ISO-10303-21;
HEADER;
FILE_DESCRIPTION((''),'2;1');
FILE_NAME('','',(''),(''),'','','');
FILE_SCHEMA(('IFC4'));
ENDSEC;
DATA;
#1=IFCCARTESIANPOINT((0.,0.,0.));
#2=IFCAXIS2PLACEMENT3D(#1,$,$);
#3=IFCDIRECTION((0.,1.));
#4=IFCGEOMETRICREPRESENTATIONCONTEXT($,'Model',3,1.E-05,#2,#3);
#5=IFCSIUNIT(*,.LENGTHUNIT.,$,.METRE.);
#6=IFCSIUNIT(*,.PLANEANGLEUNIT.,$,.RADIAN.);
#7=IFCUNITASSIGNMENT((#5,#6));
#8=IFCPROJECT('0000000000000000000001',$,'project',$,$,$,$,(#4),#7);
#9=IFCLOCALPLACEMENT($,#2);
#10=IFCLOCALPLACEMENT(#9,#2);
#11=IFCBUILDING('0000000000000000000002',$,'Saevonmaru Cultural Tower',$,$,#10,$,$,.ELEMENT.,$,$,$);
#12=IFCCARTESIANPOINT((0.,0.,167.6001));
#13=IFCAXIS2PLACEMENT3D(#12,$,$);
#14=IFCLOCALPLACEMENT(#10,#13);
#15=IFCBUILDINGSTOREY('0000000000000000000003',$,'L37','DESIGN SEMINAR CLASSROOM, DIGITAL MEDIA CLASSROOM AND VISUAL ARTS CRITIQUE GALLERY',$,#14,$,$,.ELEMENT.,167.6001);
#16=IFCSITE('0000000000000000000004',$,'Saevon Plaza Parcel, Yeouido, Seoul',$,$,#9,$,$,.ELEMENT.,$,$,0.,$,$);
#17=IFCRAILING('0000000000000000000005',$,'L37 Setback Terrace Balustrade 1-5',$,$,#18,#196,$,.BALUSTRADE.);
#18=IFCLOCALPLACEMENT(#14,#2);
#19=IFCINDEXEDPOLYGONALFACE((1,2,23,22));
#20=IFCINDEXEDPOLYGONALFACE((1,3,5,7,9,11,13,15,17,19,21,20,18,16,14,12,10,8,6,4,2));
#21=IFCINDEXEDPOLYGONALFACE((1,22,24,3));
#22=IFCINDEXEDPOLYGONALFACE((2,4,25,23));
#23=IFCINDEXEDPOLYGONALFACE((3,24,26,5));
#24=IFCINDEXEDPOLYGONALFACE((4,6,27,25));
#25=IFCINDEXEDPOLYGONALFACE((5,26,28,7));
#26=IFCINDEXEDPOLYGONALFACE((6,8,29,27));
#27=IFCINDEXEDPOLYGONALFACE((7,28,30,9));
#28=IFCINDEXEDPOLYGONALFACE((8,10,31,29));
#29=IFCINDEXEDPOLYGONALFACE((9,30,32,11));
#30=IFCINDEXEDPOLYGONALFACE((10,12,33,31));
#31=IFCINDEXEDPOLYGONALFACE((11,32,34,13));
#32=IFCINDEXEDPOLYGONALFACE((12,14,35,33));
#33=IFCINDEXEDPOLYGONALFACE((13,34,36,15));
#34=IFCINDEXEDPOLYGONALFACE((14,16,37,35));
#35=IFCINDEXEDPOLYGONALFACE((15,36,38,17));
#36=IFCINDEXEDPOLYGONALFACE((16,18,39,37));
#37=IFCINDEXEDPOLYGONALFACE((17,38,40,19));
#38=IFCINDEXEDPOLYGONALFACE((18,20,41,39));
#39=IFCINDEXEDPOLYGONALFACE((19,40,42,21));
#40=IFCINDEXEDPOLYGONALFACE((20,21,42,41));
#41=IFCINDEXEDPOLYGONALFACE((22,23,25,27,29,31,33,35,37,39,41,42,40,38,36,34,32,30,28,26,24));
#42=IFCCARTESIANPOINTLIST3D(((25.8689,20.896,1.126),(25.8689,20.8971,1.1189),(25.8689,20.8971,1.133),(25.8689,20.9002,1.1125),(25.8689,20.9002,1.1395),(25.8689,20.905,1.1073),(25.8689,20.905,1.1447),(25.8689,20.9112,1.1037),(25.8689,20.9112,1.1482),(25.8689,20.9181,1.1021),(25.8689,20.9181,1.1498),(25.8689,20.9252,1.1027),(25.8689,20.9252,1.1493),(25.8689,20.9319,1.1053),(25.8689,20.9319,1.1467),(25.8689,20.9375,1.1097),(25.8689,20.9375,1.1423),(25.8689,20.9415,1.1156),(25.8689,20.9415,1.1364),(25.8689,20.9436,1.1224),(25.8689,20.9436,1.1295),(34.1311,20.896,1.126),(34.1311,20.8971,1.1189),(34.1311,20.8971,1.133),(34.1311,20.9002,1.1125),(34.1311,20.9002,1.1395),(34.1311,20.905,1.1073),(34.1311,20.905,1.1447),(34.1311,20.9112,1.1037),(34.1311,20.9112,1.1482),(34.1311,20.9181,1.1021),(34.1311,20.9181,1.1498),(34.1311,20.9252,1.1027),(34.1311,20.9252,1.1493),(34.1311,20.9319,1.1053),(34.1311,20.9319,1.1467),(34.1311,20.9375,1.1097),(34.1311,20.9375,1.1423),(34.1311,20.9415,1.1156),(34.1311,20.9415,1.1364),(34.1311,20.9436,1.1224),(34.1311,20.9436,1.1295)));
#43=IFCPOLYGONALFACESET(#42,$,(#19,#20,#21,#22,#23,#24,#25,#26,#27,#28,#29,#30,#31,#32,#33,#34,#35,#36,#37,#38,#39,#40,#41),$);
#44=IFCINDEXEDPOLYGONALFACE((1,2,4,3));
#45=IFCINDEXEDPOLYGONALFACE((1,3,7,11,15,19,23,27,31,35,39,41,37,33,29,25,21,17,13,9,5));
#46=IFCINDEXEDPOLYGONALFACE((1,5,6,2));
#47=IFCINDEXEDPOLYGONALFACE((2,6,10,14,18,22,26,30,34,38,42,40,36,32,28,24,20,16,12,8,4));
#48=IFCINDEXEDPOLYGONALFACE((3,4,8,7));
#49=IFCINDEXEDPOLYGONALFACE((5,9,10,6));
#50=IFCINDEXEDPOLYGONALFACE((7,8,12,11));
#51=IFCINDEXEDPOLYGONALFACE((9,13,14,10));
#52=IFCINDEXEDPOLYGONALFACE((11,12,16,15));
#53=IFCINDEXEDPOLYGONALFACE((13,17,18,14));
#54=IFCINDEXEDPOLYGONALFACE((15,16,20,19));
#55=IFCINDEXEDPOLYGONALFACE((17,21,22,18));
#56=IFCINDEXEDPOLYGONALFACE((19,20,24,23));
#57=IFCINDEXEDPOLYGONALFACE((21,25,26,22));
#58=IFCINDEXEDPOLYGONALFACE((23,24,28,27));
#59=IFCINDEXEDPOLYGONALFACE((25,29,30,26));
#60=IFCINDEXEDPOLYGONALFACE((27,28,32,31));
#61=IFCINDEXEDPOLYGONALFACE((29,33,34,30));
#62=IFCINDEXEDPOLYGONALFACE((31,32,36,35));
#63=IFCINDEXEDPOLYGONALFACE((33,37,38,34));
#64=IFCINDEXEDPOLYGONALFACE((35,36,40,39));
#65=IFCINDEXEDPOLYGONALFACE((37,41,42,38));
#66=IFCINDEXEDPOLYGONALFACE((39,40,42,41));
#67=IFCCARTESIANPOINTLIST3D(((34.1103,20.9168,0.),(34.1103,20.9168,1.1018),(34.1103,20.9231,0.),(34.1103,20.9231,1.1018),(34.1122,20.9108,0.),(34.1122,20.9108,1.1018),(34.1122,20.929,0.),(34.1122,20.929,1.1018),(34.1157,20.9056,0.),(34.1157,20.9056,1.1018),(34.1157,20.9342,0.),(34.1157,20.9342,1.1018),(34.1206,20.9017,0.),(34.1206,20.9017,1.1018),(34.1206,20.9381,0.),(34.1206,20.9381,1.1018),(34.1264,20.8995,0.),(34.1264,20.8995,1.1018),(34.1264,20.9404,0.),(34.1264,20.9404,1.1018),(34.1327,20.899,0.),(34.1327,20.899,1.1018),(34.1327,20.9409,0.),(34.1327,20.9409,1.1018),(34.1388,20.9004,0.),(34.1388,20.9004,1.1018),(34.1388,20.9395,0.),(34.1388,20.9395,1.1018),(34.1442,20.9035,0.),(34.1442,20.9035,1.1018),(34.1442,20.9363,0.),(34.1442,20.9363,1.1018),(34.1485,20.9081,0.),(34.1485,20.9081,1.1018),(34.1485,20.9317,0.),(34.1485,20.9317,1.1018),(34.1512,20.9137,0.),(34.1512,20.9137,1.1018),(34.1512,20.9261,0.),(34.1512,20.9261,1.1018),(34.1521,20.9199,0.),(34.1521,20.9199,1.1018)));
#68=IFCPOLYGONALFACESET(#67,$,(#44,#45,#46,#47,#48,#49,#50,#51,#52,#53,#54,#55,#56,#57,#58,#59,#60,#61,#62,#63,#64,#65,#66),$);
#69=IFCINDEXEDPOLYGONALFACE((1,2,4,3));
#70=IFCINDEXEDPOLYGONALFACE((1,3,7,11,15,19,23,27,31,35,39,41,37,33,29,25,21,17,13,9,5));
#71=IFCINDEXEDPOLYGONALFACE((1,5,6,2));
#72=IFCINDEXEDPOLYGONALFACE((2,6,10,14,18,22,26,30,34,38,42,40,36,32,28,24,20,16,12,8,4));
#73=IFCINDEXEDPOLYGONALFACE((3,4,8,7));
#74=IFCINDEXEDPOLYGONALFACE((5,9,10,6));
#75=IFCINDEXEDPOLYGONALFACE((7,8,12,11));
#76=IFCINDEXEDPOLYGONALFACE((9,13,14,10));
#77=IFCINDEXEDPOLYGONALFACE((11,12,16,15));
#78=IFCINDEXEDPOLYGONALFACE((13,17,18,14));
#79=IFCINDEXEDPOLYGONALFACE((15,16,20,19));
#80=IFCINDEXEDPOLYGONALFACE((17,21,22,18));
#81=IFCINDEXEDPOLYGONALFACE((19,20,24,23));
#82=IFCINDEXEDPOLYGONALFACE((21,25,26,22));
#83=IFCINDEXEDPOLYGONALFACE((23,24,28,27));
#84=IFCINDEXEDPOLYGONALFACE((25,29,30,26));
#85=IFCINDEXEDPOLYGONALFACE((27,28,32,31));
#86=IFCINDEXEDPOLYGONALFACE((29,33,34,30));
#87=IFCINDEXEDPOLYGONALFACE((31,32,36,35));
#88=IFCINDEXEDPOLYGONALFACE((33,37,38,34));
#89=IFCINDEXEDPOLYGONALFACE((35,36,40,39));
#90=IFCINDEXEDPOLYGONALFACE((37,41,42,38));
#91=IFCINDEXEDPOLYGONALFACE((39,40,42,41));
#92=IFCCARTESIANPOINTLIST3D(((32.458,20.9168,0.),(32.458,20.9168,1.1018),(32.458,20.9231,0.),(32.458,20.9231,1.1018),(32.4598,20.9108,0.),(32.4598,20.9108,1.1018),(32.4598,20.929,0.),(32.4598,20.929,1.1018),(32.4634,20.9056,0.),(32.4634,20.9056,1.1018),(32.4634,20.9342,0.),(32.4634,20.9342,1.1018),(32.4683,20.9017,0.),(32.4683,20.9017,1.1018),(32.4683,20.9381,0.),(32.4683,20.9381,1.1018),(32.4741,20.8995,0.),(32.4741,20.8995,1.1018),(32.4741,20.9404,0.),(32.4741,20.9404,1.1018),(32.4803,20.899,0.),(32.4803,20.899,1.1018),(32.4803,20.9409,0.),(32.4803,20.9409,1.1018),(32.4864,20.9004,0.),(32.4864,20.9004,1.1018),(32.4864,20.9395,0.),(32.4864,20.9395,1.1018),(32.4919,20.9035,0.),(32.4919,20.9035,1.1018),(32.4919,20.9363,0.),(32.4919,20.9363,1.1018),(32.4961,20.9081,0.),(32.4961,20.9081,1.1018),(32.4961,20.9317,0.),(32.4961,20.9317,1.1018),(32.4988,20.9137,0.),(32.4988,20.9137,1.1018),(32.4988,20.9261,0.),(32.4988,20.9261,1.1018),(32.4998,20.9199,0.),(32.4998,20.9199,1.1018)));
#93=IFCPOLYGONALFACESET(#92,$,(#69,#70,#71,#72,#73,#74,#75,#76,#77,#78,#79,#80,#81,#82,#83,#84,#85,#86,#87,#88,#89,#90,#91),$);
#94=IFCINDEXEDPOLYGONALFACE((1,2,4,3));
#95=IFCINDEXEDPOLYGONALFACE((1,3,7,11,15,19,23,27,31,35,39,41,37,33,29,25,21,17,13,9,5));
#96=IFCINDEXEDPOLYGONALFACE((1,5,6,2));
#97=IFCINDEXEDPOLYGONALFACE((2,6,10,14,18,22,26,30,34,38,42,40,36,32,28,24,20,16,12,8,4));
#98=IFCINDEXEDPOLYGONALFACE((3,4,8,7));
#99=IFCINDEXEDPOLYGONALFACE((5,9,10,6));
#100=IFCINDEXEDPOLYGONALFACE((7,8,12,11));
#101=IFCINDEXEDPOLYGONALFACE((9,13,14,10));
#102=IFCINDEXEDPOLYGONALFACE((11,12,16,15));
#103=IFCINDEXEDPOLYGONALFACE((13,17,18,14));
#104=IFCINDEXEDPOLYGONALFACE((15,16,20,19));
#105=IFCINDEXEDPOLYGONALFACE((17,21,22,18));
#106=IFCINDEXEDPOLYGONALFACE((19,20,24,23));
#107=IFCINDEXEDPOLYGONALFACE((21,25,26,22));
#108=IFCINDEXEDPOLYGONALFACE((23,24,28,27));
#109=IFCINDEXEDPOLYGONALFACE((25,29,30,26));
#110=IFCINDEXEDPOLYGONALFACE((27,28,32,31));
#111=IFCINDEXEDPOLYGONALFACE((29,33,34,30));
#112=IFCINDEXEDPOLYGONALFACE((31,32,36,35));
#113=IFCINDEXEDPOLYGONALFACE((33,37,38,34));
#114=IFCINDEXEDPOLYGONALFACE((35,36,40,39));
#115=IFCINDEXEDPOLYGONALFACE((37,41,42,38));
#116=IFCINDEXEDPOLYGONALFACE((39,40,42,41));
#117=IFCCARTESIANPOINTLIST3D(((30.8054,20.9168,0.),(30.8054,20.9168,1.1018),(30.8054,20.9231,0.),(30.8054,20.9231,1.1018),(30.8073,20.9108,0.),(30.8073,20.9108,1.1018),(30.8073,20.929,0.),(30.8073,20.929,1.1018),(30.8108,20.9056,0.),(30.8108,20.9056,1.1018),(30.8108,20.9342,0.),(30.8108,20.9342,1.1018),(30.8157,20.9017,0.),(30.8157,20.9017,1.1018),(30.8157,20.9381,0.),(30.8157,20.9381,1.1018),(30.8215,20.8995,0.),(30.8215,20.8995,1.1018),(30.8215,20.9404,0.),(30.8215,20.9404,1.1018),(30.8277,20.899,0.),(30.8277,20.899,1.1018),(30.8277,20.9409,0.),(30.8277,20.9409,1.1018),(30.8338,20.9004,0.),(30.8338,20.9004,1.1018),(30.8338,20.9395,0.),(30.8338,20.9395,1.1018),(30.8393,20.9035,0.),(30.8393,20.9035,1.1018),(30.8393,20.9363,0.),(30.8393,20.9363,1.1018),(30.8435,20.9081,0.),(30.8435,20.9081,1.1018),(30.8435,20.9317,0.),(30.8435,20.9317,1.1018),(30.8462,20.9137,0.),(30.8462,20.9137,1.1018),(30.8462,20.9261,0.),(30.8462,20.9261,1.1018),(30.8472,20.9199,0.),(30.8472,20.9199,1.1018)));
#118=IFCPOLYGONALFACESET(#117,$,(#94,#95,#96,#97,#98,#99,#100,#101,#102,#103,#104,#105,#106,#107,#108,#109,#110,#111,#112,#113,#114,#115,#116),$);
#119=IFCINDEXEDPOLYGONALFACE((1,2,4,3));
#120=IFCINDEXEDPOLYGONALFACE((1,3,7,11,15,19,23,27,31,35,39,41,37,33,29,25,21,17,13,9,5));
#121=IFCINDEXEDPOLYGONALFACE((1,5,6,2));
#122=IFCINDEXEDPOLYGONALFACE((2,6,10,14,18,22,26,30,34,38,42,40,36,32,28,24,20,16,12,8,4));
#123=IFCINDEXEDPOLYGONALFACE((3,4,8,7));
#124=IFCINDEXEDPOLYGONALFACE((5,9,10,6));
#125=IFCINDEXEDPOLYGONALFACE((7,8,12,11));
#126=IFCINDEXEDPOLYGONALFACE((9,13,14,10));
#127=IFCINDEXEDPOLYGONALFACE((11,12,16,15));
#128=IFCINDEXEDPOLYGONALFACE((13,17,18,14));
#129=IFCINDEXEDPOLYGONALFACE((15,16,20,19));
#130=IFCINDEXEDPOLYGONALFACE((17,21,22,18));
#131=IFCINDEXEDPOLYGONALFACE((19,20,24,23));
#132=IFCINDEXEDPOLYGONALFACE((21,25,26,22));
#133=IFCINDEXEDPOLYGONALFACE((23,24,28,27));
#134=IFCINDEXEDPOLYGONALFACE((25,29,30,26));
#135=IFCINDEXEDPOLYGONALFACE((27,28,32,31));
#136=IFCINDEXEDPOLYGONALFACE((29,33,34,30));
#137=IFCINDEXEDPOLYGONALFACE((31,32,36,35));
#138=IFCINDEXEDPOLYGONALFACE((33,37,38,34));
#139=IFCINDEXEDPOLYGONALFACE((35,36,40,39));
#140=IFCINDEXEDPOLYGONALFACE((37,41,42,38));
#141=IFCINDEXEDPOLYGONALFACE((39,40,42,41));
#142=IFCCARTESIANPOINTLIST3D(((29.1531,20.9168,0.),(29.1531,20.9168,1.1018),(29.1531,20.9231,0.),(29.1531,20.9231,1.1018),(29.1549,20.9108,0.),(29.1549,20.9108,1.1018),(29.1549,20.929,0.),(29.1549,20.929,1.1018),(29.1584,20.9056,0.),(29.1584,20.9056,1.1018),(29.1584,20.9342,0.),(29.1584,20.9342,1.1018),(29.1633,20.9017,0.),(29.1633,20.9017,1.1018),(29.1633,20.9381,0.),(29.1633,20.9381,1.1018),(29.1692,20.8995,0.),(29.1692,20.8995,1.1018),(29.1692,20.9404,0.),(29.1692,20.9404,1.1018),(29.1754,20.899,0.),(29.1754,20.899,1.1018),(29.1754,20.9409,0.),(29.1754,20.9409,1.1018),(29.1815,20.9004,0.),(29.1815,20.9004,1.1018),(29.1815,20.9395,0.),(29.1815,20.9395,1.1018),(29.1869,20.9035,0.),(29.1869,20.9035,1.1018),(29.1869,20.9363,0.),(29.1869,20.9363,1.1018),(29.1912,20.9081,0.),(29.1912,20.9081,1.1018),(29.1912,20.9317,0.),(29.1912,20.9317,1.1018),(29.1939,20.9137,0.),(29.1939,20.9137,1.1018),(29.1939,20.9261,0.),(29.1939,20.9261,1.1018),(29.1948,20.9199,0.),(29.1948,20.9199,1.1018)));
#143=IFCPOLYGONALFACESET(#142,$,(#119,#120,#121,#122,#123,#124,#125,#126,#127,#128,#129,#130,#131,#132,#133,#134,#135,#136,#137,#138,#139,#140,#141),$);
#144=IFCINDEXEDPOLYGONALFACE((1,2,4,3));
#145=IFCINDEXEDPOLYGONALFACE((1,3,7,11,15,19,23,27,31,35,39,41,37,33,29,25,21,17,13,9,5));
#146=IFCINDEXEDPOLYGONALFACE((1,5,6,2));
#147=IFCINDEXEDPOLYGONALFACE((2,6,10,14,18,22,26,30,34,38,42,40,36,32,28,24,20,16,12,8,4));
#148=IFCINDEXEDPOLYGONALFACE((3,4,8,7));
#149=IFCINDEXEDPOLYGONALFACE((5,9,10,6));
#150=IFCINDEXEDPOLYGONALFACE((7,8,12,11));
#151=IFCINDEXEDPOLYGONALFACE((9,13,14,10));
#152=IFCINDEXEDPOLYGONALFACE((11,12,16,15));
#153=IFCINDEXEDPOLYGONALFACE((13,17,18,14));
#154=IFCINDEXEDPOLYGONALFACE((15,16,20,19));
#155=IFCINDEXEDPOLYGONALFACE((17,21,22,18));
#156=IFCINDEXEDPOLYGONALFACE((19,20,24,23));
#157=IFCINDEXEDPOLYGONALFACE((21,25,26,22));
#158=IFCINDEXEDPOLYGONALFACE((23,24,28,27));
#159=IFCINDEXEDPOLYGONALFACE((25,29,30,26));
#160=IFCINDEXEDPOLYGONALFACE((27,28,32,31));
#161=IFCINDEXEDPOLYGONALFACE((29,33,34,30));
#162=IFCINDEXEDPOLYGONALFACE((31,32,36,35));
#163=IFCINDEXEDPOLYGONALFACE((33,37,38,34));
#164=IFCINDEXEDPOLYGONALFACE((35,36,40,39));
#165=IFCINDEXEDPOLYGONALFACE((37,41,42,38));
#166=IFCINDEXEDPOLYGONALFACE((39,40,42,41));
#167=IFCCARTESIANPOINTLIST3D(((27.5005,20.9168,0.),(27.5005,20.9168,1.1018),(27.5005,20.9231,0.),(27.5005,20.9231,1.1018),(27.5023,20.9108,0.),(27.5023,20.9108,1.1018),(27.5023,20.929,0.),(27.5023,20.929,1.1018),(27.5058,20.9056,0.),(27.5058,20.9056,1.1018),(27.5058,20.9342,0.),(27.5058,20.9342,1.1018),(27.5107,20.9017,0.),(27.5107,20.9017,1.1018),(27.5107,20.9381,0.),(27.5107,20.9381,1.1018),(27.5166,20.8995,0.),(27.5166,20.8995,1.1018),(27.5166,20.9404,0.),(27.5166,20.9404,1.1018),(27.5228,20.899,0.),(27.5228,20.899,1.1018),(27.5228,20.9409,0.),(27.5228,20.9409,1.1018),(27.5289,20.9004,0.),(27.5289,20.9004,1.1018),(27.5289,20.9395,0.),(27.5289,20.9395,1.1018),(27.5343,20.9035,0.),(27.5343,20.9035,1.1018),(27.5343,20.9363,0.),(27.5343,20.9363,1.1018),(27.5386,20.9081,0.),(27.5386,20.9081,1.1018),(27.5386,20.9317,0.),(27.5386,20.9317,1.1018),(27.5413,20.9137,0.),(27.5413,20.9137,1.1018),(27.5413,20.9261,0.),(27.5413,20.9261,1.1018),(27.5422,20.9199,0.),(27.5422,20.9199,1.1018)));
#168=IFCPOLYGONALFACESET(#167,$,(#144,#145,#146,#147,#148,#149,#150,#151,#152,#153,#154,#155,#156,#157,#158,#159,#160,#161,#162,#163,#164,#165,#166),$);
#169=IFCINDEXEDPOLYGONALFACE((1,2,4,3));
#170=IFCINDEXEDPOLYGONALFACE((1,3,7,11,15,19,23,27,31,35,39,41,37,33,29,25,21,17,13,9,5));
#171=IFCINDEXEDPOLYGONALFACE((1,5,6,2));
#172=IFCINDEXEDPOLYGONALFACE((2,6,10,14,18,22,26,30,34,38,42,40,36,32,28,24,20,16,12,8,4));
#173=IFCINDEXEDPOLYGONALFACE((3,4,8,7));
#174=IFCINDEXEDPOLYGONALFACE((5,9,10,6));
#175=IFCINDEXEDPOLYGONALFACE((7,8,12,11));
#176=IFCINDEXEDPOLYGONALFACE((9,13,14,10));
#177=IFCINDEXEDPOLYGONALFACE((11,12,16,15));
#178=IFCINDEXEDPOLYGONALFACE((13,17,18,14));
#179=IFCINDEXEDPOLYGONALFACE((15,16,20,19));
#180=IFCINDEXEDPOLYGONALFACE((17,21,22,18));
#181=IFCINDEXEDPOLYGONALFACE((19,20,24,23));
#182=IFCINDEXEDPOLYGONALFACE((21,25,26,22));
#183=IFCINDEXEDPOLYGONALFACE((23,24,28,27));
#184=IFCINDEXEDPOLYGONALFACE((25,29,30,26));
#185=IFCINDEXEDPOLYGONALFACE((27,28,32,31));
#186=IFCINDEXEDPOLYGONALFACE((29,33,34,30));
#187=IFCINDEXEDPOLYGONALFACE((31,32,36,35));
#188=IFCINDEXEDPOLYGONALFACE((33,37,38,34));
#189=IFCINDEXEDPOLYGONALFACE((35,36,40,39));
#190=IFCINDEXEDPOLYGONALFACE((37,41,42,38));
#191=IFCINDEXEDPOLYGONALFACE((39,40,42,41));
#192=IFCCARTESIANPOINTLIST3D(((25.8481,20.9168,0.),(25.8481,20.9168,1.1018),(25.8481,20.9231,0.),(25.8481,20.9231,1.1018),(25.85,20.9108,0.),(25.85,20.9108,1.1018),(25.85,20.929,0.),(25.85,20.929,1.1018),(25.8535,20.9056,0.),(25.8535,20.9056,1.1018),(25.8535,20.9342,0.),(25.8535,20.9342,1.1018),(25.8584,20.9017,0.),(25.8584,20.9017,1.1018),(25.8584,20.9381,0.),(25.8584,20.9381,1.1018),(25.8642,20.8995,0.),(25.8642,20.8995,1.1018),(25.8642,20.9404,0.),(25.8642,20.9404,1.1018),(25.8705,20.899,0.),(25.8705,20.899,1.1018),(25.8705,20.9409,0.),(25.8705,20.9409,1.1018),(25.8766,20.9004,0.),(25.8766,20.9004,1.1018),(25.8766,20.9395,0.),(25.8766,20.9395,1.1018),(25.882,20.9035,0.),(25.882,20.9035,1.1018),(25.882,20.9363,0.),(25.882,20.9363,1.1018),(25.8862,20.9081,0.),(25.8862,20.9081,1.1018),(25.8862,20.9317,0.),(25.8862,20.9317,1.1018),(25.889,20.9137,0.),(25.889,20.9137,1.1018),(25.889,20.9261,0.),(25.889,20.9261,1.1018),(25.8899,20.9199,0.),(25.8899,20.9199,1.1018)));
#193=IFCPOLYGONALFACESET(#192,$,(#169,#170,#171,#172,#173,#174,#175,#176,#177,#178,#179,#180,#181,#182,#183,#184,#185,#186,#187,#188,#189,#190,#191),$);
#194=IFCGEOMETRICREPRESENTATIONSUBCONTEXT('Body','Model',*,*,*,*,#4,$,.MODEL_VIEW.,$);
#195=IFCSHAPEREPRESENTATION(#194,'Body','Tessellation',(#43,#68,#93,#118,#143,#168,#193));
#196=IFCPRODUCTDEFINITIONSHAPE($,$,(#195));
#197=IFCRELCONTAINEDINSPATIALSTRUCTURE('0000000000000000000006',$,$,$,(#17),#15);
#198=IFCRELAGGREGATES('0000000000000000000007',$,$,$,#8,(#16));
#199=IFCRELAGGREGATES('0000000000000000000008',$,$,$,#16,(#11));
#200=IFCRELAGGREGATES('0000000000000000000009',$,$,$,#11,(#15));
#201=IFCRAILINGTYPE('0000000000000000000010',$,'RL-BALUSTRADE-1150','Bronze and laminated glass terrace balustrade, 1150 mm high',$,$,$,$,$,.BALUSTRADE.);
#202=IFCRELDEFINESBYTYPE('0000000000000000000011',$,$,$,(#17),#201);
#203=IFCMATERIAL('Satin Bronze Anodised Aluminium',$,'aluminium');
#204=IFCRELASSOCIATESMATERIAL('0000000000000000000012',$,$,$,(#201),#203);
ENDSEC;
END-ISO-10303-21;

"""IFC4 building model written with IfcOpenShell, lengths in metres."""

from ifc_helpers import new_model, si_unit, direction, frame, origin, origin_2d, place, context, subcontext, project, spatial, circle, extrude, material, type_object, element, save


model = new_model("IFC4")

# Units and contexts
model_context = context("Model", 3, precision=1e-05, world=origin(), true_north=direction((0.0, 1.0)))
body_context = subcontext(model_context, "Body", "Model", "MODEL_VIEW")
ifc_project = project(units=[si_unit("LENGTHUNIT", "METRE"), si_unit("PLANEANGLEUNIT", "RADIAN")], contexts=[model_context])

# Site, building, storey
site_placement = place(None, origin())
site = spatial("IfcSite", under=ifc_project, at=site_placement, Name="Saevon Plaza Parcel, Yeouido, Seoul", CompositionType="ELEMENT", RefElevation=0.0)
building_placement = place(site_placement, origin())
building = spatial("IfcBuilding", under=site, at=building_placement, Name="Saevonmaru Cultural Tower", CompositionType="ELEMENT")
storey_placement = place(building_placement, frame((0.0, 0.0, 167.6001)))
storey = spatial("IfcBuildingStorey", under=building, at=storey_placement, Name="L37", Description="DESIGN SEMINAR CLASSROOM, DIGITAL MEDIA CLASSROOM AND VISUAL ARTS CRITIQUE GALLERY", CompositionType="ELEMENT", Elevation=167.6001)

# Shared definitions
ifc_material_1 = material(Name="Satin Bronze Anodised Aluminium", Category="aluminium")

# Railing
railing_type = type_object("IfcRailingType", Name="RL-BALUSTRADE-1150", Description="Bronze and laminated glass terrace balustrade, 1150 mm high", PredefinedType="BALUSTRADE", material=ifc_material_1)
railing_1_placement = place(storey_placement, frame((34.1311, 20.9199, 0.0)))
element("IfcRailing", 1, at=railing_1_placement, inside=storey, type_object=railing_type, Name="L37 Setback Terrace Balustrade 1-5", PredefinedType="BALUSTRADE", context=body_context, shape_type="SweptSolid", body=[
    extrude(circle(Radius=0.0239, at=origin_2d()), frame((0.0, 0.0, 1.126), z_axis=(-1.0, 0.0, 0.0), x_axis=(0.0, -1.0, 0.0)), (0.0, 0.0, 1.0), 8.2622),
    extrude(circle(Radius=0.021, at=origin_2d()), origin(), (0.0, 0.0, 1.0), 1.1018),
    extrude(circle(Radius=0.021, at=origin_2d()), frame((-1.6523, 0.0, 0.0)), (0.0, 0.0, 1.0), 1.1018),
    extrude(circle(Radius=0.021, at=origin_2d()), frame((-3.3049, 0.0, 0.0)), (0.0, 0.0, 1.0), 1.1018),
    extrude(circle(Radius=0.021, at=origin_2d()), frame((-4.9573, 0.0, 0.0)), (0.0, 0.0, 1.0), 1.1018),
    extrude(circle(Radius=0.021, at=origin_2d()), frame((-6.6099, 0.0, 0.0)), (0.0, 0.0, 1.0), 1.1018),
    extrude(circle(Radius=0.021, at=origin_2d()), frame((-8.2622, 0.0, 0.0)), (0.0, 0.0, 1.0), 1.1018),
])

save(model, "model.ifc")
